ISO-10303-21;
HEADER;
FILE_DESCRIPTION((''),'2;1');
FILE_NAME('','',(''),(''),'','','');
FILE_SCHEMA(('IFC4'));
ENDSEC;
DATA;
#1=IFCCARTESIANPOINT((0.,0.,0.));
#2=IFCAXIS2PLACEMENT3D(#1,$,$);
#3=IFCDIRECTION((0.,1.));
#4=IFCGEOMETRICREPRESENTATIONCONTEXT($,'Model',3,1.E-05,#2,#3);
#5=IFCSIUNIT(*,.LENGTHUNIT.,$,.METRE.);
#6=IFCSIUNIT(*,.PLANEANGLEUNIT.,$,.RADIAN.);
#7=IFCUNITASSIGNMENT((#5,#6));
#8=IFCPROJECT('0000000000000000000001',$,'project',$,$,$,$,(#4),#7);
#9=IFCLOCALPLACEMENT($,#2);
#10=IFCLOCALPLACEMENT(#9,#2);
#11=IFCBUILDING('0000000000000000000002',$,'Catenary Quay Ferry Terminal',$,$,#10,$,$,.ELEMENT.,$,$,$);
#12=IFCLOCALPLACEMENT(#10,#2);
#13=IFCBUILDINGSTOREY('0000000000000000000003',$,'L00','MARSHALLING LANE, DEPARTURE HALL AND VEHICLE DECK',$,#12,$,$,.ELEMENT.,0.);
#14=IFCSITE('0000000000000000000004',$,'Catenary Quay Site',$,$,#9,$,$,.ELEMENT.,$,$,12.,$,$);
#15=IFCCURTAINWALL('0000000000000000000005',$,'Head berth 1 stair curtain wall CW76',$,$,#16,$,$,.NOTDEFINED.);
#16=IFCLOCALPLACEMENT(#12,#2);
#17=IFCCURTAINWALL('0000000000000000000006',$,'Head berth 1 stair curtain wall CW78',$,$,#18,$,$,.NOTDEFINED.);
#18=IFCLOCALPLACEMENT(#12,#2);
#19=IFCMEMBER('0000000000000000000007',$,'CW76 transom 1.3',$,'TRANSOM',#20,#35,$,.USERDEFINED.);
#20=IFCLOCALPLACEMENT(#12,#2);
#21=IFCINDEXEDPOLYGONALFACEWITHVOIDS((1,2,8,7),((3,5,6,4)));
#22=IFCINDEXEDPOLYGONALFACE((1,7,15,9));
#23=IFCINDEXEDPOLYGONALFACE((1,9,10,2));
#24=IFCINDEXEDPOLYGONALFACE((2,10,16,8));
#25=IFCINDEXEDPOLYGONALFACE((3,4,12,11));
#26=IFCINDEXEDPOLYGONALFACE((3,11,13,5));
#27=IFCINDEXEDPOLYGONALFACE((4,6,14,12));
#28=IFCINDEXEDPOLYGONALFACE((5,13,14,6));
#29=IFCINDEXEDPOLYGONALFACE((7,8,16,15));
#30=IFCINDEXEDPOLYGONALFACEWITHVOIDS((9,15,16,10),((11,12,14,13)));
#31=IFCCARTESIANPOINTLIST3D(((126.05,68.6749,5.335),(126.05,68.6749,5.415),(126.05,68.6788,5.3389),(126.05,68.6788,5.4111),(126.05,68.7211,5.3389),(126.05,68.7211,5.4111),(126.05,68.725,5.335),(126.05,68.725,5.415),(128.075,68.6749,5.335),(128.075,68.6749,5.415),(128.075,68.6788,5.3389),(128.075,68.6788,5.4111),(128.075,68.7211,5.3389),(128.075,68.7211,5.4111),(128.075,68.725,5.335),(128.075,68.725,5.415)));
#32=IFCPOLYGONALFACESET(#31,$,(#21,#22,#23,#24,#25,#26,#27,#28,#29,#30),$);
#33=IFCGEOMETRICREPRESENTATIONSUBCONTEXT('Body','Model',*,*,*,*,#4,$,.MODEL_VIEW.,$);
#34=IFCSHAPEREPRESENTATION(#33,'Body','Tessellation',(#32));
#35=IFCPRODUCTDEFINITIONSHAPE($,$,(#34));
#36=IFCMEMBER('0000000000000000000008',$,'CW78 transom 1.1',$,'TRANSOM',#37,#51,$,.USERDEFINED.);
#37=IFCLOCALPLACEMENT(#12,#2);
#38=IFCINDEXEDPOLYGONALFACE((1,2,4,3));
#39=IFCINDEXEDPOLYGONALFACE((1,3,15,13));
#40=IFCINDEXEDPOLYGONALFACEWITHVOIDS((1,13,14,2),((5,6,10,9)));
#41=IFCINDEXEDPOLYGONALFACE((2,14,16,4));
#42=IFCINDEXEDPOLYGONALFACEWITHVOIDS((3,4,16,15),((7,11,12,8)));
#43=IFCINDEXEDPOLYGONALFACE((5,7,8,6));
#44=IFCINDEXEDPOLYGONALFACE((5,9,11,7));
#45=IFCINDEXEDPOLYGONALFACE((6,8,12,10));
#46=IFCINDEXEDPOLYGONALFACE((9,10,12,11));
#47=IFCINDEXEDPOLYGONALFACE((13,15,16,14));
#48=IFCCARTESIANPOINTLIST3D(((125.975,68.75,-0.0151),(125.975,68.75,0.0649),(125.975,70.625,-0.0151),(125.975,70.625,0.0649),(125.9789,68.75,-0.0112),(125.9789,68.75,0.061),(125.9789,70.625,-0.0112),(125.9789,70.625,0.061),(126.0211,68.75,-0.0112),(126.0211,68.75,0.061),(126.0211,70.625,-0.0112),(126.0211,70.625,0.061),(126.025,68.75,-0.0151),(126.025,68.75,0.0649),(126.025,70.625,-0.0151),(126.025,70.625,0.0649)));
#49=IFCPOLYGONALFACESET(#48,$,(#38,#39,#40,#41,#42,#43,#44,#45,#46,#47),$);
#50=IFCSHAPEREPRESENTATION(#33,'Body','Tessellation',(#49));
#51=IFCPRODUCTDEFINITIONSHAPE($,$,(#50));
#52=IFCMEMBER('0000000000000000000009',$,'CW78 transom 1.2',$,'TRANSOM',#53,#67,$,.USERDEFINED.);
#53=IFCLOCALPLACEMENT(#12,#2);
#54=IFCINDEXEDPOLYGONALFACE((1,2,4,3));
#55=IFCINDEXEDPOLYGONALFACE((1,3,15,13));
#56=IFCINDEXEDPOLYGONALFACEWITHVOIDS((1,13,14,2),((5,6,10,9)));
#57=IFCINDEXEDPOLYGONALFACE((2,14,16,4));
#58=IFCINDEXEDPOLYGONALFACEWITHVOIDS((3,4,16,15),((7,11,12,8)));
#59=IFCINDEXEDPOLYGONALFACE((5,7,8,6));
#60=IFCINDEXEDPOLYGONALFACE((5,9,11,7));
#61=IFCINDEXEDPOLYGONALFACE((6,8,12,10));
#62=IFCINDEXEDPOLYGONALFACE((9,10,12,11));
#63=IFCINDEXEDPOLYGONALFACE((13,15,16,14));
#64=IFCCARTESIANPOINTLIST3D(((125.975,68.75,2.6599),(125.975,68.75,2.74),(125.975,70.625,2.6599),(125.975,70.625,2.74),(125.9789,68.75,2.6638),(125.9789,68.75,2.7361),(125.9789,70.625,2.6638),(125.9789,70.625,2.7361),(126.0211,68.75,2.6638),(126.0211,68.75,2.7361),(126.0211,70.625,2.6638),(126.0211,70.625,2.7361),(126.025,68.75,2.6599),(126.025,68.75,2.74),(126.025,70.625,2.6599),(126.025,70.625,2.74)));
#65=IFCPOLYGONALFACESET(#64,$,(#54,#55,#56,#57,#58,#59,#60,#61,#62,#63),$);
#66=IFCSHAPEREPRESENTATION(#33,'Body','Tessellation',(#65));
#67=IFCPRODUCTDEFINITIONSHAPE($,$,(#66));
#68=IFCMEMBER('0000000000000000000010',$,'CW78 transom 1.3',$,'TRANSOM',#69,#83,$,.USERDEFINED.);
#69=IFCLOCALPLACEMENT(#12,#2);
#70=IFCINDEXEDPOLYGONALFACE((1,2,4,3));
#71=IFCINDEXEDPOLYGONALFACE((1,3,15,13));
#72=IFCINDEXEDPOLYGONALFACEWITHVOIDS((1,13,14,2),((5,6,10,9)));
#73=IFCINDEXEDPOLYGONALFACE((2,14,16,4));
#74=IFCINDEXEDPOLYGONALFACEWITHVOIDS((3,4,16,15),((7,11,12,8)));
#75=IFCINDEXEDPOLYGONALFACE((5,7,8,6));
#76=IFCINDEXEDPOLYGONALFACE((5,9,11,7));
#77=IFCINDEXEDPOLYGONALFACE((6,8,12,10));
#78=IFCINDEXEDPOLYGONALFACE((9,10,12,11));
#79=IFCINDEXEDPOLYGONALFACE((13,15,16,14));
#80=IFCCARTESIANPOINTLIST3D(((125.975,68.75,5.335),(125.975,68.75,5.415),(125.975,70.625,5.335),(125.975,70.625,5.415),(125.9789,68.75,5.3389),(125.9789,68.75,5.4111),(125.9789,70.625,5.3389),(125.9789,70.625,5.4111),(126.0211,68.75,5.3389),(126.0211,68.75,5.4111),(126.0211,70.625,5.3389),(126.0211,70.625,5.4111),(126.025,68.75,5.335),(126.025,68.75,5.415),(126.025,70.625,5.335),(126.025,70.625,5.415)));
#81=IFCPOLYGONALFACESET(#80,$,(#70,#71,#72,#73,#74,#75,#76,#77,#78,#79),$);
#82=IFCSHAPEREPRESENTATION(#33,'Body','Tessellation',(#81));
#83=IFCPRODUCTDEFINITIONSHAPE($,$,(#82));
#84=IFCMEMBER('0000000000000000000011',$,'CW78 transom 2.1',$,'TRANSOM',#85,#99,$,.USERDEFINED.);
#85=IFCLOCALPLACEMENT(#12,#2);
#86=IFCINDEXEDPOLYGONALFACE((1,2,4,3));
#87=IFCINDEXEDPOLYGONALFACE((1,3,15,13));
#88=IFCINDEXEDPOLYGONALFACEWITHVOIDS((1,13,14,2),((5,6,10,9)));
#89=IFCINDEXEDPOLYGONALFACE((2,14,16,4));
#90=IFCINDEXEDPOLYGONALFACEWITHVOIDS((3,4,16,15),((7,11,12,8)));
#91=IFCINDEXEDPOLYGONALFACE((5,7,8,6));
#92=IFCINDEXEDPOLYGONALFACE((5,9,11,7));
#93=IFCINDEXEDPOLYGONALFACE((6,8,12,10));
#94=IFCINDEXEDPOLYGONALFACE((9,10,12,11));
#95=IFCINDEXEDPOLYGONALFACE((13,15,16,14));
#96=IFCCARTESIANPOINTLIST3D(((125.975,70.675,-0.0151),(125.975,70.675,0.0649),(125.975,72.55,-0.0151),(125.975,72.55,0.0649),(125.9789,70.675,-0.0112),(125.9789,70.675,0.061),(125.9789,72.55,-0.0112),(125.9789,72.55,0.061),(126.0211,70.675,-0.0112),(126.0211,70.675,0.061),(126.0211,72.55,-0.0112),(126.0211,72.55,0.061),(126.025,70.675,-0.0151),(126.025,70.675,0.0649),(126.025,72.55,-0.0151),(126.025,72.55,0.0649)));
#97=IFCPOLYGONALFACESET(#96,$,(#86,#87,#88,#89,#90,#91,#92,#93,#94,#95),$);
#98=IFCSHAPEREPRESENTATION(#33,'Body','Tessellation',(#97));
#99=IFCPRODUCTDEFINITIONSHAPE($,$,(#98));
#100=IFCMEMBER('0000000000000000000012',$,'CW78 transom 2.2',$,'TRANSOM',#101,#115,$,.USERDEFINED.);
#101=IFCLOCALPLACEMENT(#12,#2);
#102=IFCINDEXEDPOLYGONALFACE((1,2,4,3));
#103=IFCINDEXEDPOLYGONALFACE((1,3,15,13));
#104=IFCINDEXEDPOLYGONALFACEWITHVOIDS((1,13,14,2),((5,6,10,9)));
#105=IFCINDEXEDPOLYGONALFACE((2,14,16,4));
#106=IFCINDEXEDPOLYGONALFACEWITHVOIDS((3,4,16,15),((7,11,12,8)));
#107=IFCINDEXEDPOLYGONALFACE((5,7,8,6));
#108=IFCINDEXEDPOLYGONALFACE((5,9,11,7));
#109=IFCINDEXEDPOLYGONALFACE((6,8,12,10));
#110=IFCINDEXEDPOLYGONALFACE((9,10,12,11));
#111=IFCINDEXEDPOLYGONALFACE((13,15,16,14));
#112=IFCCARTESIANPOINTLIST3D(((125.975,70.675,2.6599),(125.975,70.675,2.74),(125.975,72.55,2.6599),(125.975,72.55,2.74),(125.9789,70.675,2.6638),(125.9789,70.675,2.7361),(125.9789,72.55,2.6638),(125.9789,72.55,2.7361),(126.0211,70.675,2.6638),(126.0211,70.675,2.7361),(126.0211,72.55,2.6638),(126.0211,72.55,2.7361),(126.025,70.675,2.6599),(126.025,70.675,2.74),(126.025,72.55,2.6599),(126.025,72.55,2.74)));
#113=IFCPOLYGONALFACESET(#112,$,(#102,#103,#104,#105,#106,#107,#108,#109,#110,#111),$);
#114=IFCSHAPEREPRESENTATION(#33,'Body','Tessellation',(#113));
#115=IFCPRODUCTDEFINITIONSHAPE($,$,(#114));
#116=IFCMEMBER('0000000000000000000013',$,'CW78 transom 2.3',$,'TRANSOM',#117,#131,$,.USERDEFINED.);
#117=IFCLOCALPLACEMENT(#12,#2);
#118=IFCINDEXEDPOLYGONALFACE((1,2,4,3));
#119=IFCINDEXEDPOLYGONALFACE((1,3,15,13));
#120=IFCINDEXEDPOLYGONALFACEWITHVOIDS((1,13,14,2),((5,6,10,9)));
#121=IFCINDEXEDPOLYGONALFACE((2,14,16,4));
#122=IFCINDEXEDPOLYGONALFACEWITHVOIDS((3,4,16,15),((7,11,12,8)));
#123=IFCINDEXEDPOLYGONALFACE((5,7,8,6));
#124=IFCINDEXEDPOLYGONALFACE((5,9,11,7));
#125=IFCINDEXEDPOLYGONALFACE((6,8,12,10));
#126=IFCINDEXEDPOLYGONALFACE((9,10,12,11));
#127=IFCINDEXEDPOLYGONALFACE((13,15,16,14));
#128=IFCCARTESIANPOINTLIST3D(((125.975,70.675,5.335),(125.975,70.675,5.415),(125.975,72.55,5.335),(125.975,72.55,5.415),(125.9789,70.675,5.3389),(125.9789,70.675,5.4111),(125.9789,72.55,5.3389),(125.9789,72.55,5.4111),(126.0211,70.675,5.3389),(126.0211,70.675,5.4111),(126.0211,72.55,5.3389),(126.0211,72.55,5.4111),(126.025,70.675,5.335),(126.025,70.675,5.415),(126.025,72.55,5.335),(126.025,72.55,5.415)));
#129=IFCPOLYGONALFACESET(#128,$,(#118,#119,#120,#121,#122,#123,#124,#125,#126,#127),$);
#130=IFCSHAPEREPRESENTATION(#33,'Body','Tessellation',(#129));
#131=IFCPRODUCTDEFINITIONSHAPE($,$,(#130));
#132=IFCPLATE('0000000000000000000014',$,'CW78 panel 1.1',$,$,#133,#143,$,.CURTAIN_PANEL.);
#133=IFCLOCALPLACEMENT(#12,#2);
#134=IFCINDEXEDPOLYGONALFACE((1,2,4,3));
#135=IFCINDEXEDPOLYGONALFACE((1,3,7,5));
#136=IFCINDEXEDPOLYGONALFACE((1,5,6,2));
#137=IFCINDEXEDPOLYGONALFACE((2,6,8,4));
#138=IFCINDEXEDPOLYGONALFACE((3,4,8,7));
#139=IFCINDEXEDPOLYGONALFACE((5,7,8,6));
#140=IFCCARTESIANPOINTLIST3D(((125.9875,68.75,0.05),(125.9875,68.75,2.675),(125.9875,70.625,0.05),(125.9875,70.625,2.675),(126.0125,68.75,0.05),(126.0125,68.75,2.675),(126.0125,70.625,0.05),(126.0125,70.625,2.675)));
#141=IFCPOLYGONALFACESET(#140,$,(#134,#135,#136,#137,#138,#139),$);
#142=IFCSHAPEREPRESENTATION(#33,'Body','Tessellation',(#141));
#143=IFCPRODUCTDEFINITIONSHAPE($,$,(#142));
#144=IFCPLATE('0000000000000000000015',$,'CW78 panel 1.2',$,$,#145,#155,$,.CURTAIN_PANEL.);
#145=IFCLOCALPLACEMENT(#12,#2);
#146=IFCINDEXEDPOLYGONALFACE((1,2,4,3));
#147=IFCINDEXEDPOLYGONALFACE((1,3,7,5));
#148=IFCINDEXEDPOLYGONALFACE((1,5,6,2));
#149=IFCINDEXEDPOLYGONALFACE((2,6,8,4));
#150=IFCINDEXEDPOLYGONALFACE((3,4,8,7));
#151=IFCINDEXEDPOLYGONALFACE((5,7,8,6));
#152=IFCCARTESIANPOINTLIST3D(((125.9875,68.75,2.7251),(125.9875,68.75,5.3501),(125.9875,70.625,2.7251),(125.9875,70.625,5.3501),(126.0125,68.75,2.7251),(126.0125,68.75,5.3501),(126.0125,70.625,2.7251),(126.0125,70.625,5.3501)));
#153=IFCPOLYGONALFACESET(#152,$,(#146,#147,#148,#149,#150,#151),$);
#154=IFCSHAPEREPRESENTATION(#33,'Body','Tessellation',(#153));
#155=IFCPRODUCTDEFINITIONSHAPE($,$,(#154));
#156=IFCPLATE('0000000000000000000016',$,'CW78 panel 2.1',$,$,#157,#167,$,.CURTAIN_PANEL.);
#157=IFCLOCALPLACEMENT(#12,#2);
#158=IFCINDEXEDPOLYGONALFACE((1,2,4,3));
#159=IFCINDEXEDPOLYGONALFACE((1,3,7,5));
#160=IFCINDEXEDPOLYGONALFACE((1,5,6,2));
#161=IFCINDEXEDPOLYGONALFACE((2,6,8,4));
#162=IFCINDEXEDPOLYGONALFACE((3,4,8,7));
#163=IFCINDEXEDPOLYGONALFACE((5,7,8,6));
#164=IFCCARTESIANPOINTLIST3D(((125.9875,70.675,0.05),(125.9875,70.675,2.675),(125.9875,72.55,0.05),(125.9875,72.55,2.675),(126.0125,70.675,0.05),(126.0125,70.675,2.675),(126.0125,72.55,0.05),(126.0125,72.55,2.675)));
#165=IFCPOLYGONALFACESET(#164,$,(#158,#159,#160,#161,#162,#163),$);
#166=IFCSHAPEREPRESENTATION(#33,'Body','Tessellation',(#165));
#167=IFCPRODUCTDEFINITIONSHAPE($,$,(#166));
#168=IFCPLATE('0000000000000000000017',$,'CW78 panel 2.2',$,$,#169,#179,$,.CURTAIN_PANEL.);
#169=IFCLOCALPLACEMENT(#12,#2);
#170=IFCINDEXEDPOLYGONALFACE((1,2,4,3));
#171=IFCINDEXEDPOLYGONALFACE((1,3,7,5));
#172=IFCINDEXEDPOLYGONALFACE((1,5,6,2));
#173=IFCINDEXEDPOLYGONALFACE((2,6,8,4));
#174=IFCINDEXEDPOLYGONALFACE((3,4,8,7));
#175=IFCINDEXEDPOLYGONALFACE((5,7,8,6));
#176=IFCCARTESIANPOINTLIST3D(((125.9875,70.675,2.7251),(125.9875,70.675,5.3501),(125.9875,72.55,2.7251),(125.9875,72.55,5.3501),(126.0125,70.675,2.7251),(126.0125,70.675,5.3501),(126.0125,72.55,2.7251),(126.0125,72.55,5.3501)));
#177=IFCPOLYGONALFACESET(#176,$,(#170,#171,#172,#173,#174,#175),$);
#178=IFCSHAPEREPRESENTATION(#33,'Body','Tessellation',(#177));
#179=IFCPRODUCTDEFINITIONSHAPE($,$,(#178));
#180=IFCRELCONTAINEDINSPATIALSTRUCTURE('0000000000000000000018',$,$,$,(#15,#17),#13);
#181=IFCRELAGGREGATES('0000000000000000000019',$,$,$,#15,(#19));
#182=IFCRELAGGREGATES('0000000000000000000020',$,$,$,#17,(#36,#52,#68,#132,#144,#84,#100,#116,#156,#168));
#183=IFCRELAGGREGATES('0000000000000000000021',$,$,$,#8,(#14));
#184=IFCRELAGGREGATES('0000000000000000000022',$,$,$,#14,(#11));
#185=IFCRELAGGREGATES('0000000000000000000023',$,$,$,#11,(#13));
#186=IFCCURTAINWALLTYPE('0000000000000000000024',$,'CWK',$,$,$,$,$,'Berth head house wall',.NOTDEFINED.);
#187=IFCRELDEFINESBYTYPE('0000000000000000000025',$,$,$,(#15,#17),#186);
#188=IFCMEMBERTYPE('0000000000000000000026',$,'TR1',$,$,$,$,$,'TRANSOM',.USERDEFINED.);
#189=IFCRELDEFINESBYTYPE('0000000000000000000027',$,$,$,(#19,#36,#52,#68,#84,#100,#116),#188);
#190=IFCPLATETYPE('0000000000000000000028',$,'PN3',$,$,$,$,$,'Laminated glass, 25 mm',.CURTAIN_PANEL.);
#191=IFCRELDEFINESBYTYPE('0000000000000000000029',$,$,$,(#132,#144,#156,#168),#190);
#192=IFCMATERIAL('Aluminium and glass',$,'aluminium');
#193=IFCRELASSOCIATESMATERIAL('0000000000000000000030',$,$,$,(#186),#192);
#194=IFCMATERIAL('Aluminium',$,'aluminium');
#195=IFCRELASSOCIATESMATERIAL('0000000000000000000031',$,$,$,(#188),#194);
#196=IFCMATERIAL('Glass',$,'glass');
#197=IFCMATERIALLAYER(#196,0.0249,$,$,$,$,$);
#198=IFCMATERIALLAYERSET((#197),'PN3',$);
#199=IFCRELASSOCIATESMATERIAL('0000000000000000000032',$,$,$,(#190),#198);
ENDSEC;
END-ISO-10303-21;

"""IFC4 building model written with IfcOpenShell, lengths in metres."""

from ifc_helpers import new_model, si_unit, direction, frame, origin, origin_2d, place, context, subcontext, project, spatial, rectangle, hollow_rectangle, extrude, material, layer, layer_set, material_profile, profile_set, type_object, element, aggregate, save


model = new_model("IFC4")

# Units and contexts
model_context = context("Model", 3, precision=1e-05, world=origin(), true_north=direction((0.0, 1.0)))
body_context = subcontext(model_context, "Body", "Model", "MODEL_VIEW")
ifc_project = project(units=[si_unit("LENGTHUNIT", "METRE"), si_unit("PLANEANGLEUNIT", "RADIAN")], contexts=[model_context])

# Site, building, storey
site_placement = place(None, origin())
site = spatial("IfcSite", under=ifc_project, at=site_placement, Name="Catenary Quay Site", CompositionType="ELEMENT", RefElevation=12.0)
building_placement = place(site_placement, origin())
building = spatial("IfcBuilding", under=site, at=building_placement, Name="Catenary Quay Ferry Terminal", CompositionType="ELEMENT")
storey_placement = place(building_placement, origin())
storey = spatial("IfcBuildingStorey", under=building, at=storey_placement, Name="L00", Description="MARSHALLING LANE, DEPARTURE HALL AND VEHICLE DECK", CompositionType="ELEMENT", Elevation=0.0)

# Curtain wall
ifc_material_1 = material(Name="Aluminium and glass", Category="aluminium")
curtain_wall_type = type_object("IfcCurtainWallType", Name="CWK", ElementType="Berth head house wall", PredefinedType="NOTDEFINED", material=ifc_material_1)
curtain_wall_1_placement = place(storey_placement, origin())
curtain_wall_1 = element("IfcCurtainWall", 1, at=curtain_wall_1_placement, inside=storey, type_object=curtain_wall_type, Name="Head berth 1 stair curtain wall CW76", PredefinedType="NOTDEFINED")

# Curtain wall
curtain_wall_2_placement = place(storey_placement, origin())
curtain_wall_2 = element("IfcCurtainWall", 2, at=curtain_wall_2_placement, inside=storey, type_object=curtain_wall_type, Name="Head berth 1 stair curtain wall CW78", PredefinedType="NOTDEFINED")

# Members
ifc_material_2 = material(Name="Aluminium", Category="aluminium")
ifc_material_profile_1 = material_profile(ifc_material_2, hollow_rectangle(XDim=0.05, YDim=0.0801, WallThickness=0.0039, at=origin_2d()), Name="TR1")
ifc_profile_set_1 = profile_set([ifc_material_profile_1], Name="Aluminium")
member_type_1 = type_object("IfcMemberType", Name="TR1", ElementType="TRANSOM", PredefinedType="USERDEFINED", material=ifc_profile_set_1)
member_1_placement = place(storey_placement, frame((126.05, 68.7, 5.375), z_axis=(1.0, 0.0, 0.0), x_axis=(0.0, 1.0, 0.0)))
member_1 = element("IfcMember", 3, at=member_1_placement, type_object=member_type_1, Name="CW76 transom 1.3", ObjectType="TRANSOM", PredefinedType="USERDEFINED", context=body_context, shape_type="SweptSolid", body=[
    extrude(hollow_rectangle(XDim=0.05, YDim=0.0801, WallThickness=0.0039, at=origin_2d()), origin(), (0.0, 0.0, 1.0), 2.0249),
])
aggregate(curtain_wall_1, [member_1])
member_2_placement = place(storey_placement, frame((126.0, 68.75, 0.0249), z_axis=(0.0, 1.0, 0.0), x_axis=(-1.0, 0.0, 0.0)))
member_2 = element("IfcMember", 4, at=member_2_placement, type_object=member_type_1, Name="CW78 transom 1.1", ObjectType="TRANSOM", PredefinedType="USERDEFINED", context=body_context, shape_type="SweptSolid", body=[
    extrude(hollow_rectangle(XDim=0.05, YDim=0.0801, WallThickness=0.0039, at=origin_2d()), origin(), (0.0, 0.0, 1.0), 1.875),
])
member_3_placement = place(storey_placement, frame((126.0, 68.75, 2.7), z_axis=(0.0, 1.0, 0.0), x_axis=(-1.0, 0.0, 0.0)))
member_3 = element("IfcMember", 5, at=member_3_placement, type_object=member_type_1, Name="CW78 transom 1.2", ObjectType="TRANSOM", PredefinedType="USERDEFINED", context=body_context, shape_type="SweptSolid", body=[
    extrude(hollow_rectangle(XDim=0.05, YDim=0.0801, WallThickness=0.0039, at=origin_2d()), origin(), (0.0, 0.0, 1.0), 1.875),
])
member_4_placement = place(storey_placement, frame((126.0, 68.75, 5.375), z_axis=(0.0, 1.0, 0.0), x_axis=(-1.0, 0.0, 0.0)))
member_4 = element("IfcMember", 6, at=member_4_placement, type_object=member_type_1, Name="CW78 transom 1.3", ObjectType="TRANSOM", PredefinedType="USERDEFINED", context=body_context, shape_type="SweptSolid", body=[
    extrude(hollow_rectangle(XDim=0.05, YDim=0.0801, WallThickness=0.0039, at=origin_2d()), origin(), (0.0, 0.0, 1.0), 1.875),
])
member_5_placement = place(storey_placement, frame((126.0, 70.675, 0.0249), z_axis=(0.0, 1.0, 0.0), x_axis=(-1.0, 0.0, 0.0)))
member_5 = element("IfcMember", 7, at=member_5_placement, type_object=member_type_1, Name="CW78 transom 2.1", ObjectType="TRANSOM", PredefinedType="USERDEFINED", context=body_context, shape_type="SweptSolid", body=[
    extrude(hollow_rectangle(XDim=0.05, YDim=0.0801, WallThickness=0.0039, at=origin_2d()), origin(), (0.0, 0.0, 1.0), 1.875),
])
member_6_placement = place(storey_placement, frame((126.0, 70.675, 2.7), z_axis=(0.0, 1.0, 0.0), x_axis=(-1.0, 0.0, 0.0)))
member_6 = element("IfcMember", 8, at=member_6_placement, type_object=member_type_1, Name="CW78 transom 2.2", ObjectType="TRANSOM", PredefinedType="USERDEFINED", context=body_context, shape_type="SweptSolid", body=[
    extrude(hollow_rectangle(XDim=0.05, YDim=0.0801, WallThickness=0.0039, at=origin_2d()), origin(), (0.0, 0.0, 1.0), 1.875),
])
member_7_placement = place(storey_placement, frame((126.0, 70.675, 5.375), z_axis=(0.0, 1.0, 0.0), x_axis=(-1.0, 0.0, 0.0)))
member_7 = element("IfcMember", 9, at=member_7_placement, type_object=member_type_1, Name="CW78 transom 2.3", ObjectType="TRANSOM", PredefinedType="USERDEFINED", context=body_context, shape_type="SweptSolid", body=[
    extrude(hollow_rectangle(XDim=0.05, YDim=0.0801, WallThickness=0.0039, at=origin_2d()), origin(), (0.0, 0.0, 1.0), 1.875),
])

# Plates
ifc_material_3 = material(Name="Glass", Category="glass")
ifc_layer_1 = layer(ifc_material_3, 0.0249)
ifc_layer_set_1 = layer_set([ifc_layer_1], Name="PN3")
plate_type = type_object("IfcPlateType", Name="PN3", ElementType="Laminated glass, 25 mm", PredefinedType="CURTAIN_PANEL", material=ifc_layer_set_1)
plate_1_placement = place(storey_placement, frame((126.0, 69.6875, 0.05), z_axis=(0.0, 0.0, 1.0), x_axis=(0.0, 1.0, 0.0)))
plate_1 = element("IfcPlate", 10, at=plate_1_placement, type_object=plate_type, Name="CW78 panel 1.1", PredefinedType="CURTAIN_PANEL", context=body_context, shape_type="SweptSolid", body=[
    extrude(rectangle(XDim=1.875, YDim=0.0249, at=origin_2d()), origin(), (0.0, 0.0, 1.0), 2.625),
])
plate_2_placement = place(storey_placement, frame((126.0, 69.6875, 2.7251), z_axis=(0.0, 0.0, 1.0), x_axis=(0.0, 1.0, 0.0)))
plate_2 = element("IfcPlate", 11, at=plate_2_placement, type_object=plate_type, Name="CW78 panel 1.2", PredefinedType="CURTAIN_PANEL", context=body_context, shape_type="SweptSolid", body=[
    extrude(rectangle(XDim=1.875, YDim=0.0249, at=origin_2d()), origin(), (0.0, 0.0, 1.0), 2.625),
])
plate_3_placement = place(storey_placement, frame((126.0, 71.6125, 0.05), z_axis=(0.0, 0.0, 1.0), x_axis=(0.0, 1.0, 0.0)))
plate_3 = element("IfcPlate", 12, at=plate_3_placement, type_object=plate_type, Name="CW78 panel 2.1", PredefinedType="CURTAIN_PANEL", context=body_context, shape_type="SweptSolid", body=[
    extrude(rectangle(XDim=1.875, YDim=0.0249, at=origin_2d()), origin(), (0.0, 0.0, 1.0), 2.625),
])
plate_4_placement = place(storey_placement, frame((126.0, 71.6125, 2.7251), z_axis=(0.0, 0.0, 1.0), x_axis=(0.0, 1.0, 0.0)))
plate_4 = element("IfcPlate", 13, at=plate_4_placement, type_object=plate_type, Name="CW78 panel 2.2", PredefinedType="CURTAIN_PANEL", context=body_context, shape_type="SweptSolid", body=[
    extrude(rectangle(XDim=1.875, YDim=0.0249, at=origin_2d()), origin(), (0.0, 0.0, 1.0), 2.625),
])
aggregate(curtain_wall_2, [member_2, member_3, member_4, plate_1, plate_2, member_5, member_6, member_7, plate_3, plate_4])

save(model, "model.ifc")
